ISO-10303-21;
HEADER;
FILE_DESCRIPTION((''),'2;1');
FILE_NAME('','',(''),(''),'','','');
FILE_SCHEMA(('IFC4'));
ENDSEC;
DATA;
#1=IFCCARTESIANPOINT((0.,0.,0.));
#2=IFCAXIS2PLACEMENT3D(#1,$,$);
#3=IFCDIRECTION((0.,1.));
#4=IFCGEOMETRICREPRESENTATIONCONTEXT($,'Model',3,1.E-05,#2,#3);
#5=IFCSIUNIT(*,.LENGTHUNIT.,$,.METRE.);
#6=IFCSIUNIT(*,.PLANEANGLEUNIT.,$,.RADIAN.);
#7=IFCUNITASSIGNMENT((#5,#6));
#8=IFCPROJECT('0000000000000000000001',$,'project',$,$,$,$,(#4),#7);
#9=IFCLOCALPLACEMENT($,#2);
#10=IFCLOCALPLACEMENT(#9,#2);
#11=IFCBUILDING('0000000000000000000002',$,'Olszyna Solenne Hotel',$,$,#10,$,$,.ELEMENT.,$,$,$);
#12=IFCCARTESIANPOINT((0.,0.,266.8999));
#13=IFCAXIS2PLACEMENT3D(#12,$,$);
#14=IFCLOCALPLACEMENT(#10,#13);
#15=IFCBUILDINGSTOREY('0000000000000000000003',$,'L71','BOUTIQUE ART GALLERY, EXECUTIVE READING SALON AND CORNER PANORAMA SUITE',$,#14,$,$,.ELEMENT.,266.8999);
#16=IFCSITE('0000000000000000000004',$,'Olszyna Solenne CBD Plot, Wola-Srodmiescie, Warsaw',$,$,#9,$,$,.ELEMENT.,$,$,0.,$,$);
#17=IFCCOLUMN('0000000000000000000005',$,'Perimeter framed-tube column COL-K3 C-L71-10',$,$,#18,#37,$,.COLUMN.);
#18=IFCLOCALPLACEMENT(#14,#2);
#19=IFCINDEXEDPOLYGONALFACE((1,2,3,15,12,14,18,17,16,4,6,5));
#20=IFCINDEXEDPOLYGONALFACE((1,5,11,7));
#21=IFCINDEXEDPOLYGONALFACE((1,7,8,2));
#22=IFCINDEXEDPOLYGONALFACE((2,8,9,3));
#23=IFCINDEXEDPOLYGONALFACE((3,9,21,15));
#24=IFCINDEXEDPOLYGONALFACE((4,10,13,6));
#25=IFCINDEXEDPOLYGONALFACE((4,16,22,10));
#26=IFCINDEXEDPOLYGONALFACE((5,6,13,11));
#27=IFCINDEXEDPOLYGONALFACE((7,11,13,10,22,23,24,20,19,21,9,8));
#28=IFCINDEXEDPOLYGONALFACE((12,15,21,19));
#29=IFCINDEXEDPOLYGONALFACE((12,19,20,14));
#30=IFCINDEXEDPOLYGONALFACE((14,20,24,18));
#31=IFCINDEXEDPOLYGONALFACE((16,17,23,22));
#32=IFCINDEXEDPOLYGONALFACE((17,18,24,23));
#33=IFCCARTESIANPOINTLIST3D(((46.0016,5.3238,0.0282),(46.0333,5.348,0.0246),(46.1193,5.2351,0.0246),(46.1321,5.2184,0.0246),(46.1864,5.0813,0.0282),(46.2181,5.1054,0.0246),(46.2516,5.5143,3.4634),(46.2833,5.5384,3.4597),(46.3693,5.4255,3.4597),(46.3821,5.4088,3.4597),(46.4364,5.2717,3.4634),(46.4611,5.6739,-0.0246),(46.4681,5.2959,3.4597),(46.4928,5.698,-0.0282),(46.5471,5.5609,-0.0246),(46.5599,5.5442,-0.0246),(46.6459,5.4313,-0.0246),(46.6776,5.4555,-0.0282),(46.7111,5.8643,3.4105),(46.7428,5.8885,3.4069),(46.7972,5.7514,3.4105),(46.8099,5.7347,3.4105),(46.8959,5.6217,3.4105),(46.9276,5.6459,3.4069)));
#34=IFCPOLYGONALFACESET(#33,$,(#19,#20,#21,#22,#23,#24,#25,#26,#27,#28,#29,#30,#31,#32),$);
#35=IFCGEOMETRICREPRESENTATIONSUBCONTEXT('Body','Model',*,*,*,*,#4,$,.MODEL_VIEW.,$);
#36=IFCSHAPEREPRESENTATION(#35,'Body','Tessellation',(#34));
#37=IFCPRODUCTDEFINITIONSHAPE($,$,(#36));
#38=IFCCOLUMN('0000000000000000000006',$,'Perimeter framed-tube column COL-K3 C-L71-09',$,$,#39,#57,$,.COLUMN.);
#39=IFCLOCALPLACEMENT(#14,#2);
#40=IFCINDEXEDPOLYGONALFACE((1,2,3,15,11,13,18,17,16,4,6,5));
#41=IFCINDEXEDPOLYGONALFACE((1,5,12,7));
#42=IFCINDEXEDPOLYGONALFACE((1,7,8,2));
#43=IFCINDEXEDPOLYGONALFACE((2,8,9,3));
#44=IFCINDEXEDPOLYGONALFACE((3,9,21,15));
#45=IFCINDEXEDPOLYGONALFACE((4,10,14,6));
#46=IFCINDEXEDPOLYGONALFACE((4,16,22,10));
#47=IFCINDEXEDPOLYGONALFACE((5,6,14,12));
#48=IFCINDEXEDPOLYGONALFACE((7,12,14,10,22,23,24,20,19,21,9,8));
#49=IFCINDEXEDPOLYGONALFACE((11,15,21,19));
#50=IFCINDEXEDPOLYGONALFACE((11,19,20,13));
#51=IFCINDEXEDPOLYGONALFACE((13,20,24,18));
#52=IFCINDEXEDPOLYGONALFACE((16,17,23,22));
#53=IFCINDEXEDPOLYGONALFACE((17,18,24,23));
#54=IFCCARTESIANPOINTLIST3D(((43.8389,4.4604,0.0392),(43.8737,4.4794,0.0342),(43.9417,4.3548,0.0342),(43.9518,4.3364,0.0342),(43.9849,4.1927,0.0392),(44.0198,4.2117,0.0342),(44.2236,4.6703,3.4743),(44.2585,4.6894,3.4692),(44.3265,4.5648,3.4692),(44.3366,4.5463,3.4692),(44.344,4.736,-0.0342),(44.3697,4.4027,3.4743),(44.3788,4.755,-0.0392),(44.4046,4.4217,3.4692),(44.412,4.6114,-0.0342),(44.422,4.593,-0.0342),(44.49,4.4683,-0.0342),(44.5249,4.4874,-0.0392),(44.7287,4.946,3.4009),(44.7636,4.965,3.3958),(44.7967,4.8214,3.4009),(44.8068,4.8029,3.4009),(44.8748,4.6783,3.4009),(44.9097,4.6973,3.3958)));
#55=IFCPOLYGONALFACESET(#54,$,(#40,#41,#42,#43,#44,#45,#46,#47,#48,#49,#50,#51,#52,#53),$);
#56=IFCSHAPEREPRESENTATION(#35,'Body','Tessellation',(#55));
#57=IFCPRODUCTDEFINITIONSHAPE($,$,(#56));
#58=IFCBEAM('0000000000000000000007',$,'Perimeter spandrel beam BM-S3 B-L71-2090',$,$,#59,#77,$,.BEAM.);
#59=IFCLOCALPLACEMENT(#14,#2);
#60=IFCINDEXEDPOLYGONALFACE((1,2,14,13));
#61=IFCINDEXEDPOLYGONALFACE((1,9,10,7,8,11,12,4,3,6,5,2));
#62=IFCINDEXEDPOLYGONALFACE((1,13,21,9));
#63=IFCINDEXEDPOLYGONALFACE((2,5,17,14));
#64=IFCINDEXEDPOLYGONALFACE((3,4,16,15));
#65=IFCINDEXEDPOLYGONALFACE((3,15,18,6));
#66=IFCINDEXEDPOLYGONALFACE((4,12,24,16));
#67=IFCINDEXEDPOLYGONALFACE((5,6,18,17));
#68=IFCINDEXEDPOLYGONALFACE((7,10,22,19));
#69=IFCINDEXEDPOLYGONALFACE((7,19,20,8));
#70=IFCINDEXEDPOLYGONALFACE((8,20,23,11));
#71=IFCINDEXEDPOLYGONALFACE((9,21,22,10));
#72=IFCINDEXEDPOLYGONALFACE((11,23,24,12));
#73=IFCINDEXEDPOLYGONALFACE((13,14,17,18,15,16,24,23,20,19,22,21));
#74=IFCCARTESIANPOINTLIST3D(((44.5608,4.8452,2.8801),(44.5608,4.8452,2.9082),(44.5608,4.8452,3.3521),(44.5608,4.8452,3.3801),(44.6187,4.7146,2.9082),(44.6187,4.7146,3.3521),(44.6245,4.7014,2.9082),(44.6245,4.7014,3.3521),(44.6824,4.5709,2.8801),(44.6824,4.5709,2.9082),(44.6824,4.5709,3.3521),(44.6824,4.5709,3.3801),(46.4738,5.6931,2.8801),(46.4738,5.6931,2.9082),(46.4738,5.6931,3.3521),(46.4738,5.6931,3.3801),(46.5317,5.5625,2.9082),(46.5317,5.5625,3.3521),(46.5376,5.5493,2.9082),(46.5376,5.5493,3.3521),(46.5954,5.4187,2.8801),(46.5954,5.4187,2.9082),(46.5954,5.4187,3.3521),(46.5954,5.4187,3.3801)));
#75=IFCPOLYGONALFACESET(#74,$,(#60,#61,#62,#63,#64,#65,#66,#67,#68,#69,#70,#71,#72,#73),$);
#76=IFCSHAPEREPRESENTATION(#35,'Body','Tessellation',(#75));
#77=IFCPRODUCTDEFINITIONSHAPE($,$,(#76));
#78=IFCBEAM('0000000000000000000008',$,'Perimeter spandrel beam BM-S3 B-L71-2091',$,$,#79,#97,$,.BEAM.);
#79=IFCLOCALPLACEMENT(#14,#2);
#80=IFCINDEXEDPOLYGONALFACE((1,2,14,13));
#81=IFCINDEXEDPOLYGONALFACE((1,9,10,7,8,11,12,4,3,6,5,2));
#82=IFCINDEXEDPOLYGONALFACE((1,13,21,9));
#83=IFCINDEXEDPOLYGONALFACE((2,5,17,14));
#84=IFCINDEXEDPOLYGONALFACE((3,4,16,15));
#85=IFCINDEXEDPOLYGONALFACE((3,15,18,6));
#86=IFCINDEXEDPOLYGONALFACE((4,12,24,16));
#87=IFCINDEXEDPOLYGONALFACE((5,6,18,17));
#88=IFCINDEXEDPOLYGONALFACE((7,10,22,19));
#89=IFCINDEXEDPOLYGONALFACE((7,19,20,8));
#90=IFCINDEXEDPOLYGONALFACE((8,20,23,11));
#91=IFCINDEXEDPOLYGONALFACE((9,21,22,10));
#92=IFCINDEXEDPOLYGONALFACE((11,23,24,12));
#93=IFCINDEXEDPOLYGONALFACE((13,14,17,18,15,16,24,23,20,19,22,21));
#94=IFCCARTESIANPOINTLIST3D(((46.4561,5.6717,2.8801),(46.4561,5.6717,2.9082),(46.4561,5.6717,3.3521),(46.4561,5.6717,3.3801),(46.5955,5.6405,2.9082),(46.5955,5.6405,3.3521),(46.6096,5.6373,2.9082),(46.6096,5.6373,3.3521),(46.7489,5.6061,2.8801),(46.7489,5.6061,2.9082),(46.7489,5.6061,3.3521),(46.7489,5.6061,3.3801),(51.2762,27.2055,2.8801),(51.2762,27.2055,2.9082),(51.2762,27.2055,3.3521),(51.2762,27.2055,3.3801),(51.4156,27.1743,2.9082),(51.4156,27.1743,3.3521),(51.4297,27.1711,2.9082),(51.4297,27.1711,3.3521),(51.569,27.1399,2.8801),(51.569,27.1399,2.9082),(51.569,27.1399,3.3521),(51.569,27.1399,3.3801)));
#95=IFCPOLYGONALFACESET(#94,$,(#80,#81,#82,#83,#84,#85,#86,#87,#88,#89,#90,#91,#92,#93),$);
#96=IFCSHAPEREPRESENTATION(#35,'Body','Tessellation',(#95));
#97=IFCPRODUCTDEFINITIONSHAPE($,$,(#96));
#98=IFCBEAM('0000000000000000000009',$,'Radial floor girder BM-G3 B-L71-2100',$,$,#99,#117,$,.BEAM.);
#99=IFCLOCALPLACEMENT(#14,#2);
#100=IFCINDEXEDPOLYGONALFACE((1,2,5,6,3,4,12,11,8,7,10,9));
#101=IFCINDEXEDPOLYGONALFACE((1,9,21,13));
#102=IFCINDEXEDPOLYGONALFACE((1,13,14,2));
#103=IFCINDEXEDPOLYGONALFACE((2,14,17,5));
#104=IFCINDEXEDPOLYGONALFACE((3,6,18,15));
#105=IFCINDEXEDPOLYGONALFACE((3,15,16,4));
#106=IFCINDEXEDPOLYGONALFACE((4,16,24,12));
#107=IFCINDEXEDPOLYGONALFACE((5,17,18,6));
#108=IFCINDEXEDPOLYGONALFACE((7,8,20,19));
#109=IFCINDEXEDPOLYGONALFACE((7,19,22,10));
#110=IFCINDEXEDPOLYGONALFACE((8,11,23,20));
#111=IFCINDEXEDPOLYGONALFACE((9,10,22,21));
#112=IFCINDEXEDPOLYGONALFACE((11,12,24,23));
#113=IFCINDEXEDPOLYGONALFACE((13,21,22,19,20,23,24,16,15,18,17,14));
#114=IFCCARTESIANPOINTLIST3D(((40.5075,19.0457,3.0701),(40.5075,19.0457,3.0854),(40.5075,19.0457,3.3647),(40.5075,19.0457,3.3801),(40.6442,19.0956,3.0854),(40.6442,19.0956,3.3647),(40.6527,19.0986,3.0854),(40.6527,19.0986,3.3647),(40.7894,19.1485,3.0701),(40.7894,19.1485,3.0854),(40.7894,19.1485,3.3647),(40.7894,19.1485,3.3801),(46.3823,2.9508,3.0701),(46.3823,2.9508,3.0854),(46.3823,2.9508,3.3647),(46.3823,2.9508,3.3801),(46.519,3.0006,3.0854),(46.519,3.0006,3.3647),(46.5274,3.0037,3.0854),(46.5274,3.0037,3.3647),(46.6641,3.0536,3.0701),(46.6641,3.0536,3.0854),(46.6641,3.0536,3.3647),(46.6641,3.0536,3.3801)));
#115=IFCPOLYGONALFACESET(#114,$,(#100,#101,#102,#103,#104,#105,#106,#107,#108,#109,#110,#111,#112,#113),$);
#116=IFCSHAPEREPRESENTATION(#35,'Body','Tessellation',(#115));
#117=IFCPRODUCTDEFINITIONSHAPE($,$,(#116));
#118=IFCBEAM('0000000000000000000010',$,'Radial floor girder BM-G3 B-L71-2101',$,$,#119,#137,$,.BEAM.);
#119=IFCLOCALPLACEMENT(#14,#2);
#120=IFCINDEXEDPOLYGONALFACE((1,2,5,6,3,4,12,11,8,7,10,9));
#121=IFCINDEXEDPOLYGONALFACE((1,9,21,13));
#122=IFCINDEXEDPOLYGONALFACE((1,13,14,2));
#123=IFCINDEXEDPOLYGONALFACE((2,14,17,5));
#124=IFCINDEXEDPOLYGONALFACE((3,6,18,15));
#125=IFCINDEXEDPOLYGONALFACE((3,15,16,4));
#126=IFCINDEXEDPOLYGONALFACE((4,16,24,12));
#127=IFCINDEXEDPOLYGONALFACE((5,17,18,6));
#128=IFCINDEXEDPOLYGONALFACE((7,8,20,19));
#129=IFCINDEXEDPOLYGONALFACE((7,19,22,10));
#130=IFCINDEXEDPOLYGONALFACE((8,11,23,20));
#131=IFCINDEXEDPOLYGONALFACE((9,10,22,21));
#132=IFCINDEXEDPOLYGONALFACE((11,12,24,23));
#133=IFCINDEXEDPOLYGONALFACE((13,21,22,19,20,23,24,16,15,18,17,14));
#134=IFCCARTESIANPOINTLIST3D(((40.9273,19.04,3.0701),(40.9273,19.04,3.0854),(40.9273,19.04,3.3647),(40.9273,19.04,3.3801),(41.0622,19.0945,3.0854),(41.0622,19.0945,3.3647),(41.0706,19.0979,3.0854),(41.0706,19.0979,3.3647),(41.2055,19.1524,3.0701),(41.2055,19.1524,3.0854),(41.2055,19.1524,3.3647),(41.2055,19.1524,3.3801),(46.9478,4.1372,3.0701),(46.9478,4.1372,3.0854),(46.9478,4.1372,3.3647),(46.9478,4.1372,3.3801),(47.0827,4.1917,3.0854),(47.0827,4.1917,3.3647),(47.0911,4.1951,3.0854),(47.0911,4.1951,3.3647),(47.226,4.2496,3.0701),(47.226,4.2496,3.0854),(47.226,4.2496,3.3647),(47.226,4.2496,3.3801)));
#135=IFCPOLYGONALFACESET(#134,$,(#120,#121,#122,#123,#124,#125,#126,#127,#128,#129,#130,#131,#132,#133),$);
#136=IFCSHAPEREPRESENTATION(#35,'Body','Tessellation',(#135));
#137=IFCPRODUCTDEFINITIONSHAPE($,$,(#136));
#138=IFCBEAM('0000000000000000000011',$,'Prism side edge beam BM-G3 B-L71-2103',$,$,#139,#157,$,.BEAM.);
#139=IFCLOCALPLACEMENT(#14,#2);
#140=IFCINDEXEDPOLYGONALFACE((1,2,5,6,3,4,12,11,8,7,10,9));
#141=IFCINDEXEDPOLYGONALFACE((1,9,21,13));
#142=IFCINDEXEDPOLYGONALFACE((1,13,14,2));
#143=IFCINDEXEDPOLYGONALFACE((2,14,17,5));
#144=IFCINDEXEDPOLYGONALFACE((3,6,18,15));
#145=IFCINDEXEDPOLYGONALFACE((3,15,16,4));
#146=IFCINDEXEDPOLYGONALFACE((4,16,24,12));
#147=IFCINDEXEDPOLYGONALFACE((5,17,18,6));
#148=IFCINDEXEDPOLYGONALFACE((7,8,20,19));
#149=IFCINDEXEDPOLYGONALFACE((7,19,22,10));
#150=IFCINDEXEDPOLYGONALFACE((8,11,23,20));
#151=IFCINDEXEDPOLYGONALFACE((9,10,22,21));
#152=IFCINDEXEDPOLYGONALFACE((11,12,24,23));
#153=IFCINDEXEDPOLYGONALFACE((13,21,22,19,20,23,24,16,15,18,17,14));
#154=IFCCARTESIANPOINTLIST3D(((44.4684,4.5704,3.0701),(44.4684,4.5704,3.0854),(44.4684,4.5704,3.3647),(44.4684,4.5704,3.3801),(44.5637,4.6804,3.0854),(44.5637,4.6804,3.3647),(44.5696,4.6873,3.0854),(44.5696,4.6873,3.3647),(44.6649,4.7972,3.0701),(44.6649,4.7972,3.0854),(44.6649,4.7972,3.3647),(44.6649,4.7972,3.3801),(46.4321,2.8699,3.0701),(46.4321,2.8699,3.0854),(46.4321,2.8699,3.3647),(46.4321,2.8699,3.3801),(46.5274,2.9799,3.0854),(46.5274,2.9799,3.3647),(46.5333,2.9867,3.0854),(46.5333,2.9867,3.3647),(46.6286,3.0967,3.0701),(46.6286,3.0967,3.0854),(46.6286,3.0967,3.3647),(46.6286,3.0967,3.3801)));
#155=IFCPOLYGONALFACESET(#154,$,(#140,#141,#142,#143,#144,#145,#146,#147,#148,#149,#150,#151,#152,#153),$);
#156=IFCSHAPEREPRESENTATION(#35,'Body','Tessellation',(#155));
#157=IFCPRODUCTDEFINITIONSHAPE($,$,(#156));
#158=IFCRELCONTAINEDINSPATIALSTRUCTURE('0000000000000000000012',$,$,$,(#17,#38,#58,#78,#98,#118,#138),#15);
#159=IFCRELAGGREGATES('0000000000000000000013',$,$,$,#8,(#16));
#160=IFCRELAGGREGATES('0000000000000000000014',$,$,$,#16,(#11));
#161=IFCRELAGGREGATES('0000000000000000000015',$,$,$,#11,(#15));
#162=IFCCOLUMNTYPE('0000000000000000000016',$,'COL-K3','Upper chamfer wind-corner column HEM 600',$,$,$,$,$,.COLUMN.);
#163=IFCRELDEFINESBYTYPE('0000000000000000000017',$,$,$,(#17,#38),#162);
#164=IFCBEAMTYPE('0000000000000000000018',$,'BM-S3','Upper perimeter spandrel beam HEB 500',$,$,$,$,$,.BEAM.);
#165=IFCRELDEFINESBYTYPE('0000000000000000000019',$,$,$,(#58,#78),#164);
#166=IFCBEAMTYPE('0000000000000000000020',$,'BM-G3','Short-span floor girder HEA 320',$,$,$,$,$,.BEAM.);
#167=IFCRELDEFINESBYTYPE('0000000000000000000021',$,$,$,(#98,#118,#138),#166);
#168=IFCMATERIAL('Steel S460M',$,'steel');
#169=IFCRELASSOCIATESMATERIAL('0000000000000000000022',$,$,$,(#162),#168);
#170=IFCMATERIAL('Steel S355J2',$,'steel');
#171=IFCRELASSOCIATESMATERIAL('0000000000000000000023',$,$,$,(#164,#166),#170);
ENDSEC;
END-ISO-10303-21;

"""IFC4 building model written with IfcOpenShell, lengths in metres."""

from ifc_helpers import new_model, si_unit, direction, frame, origin, origin_2d, place, context, subcontext, project, spatial, i_section, extrude, source, transform, mapped, material, material_profile, profile_set, type_object, element, save


model = new_model("IFC4")

# Units and contexts
model_context = context("Model", 3, precision=1e-05, world=origin(), true_north=direction((0.0, 1.0)))
body_context = subcontext(model_context, "Body", "Model", "MODEL_VIEW")
ifc_project = project(units=[si_unit("LENGTHUNIT", "METRE"), si_unit("PLANEANGLEUNIT", "RADIAN")], contexts=[model_context])

# Site, building, storey
site_placement = place(None, origin())
site = spatial("IfcSite", under=ifc_project, at=site_placement, Name="Olszyna Solenne CBD Plot, Wola-Srodmiescie, Warsaw", CompositionType="ELEMENT", RefElevation=0.0)
building_placement = place(site_placement, origin())
building = spatial("IfcBuilding", under=site, at=building_placement, Name="Olszyna Solenne Hotel", CompositionType="ELEMENT")
storey_placement = place(building_placement, frame((0.0, 0.0, 266.8999)))
storey = spatial("IfcBuildingStorey", under=building, at=storey_placement, Name="L71", Description="BOUTIQUE ART GALLERY, EXECUTIVE READING SALON AND CORNER PANORAMA SUITE", CompositionType="ELEMENT", Elevation=266.8999)

# Columns
ifc_material_1 = material(Name="Steel S460M", Category="steel")
ifc_material_profile_1 = material_profile(ifc_material_1, i_section(OverallWidth=0.3049, OverallDepth=0.6201, WebThickness=0.021, FlangeThickness=0.04, at=origin_2d()), Name="HEM 600", Category="load-bearing")
ifc_profile_set_1 = profile_set([ifc_material_profile_1], Name="Steel S460M")
column_type = type_object("IfcColumnType", Name="COL-K3", Description="Upper chamfer wind-corner column HEM 600", PredefinedType="COLUMN", material=ifc_profile_set_1)
shared_shape_1 = source(origin(), body_context, "Body", "SweptSolid", [
    extrude(i_section(OverallWidth=0.3049, OverallDepth=0.6201, WebThickness=0.021, FlangeThickness=0.04, at=origin_2d()), origin(), (0.0, 0.0, 1.0), 3.4495),
])
column_1_placement = place(storey_placement, frame((46.3396, 5.3896, 0.0), z_axis=(0.072476, 0.055207, 0.995841), x_axis=(-0.60595, 0.795503, 0.0)))
element("IfcColumn", 1, at=column_1_placement, inside=storey, type_object=column_type, Name="Perimeter framed-tube column COL-K3 C-L71-10", PredefinedType="COLUMN", context=body_context, shape_type="MappedRepresentation", body=[
    mapped(shared_shape_1, transform((0.0, 0.0, 0.0), x_axis=(1.0, 0.0, 0.0), y_axis=(0.0, 1.0, 0.0), z_axis=(0.0, 0.0, 1.0), scale=1.0)),
])
shared_shape_2 = source(origin(), body_context, "Body", "SweptSolid", [
    extrude(i_section(OverallWidth=0.3049, OverallDepth=0.6201, WebThickness=0.021, FlangeThickness=0.04, at=origin_2d()), origin(), (0.0, 0.0, 1.0), 3.4629),
])
column_2_placement = place(storey_placement, frame((44.1819, 4.4739, 0.0), z_axis=(0.11111, 0.060631, 0.991957), x_axis=(-0.479008, 0.87781, 0.0)))
element("IfcColumn", 2, at=column_2_placement, inside=storey, type_object=column_type, Name="Perimeter framed-tube column COL-K3 C-L71-09", PredefinedType="COLUMN", context=body_context, shape_type="MappedRepresentation", body=[
    mapped(shared_shape_2, transform((0.0, 0.0, 0.0), x_axis=(1.0, 0.0, 0.0), y_axis=(0.0, 1.0, 0.0), z_axis=(0.0, 0.0, 1.0), scale=1.0)),
])

# Beams
ifc_material_2 = material(Name="Steel S355J2", Category="steel")
ifc_material_profile_2 = material_profile(ifc_material_2, i_section(OverallWidth=0.3, OverallDepth=0.5, WebThickness=0.0144, FlangeThickness=0.0281, at=origin_2d()), Name="HEB 500", Category="load-bearing")
ifc_profile_set_2 = profile_set([ifc_material_profile_2], Name="Steel S355J2")
beam_type_1 = type_object("IfcBeamType", Name="BM-S3", Description="Upper perimeter spandrel beam HEB 500", PredefinedType="BEAM", material=ifc_profile_set_2)
shared_shape_3 = source(origin(), body_context, "Body", "SweptSolid", [
    extrude(i_section(OverallWidth=0.3, OverallDepth=0.5, WebThickness=0.0144, FlangeThickness=0.0281, at=origin_2d()), origin(), (0.0, 0.0, 1.0), 2.0925),
])
beam_1_placement = place(storey_placement, frame((44.6216, 4.708, 3.1301), z_axis=(0.91423, 0.405196, 0.0), x_axis=(-0.405196, 0.91423, 0.0)))
element("IfcBeam", 3, at=beam_1_placement, inside=storey, type_object=beam_type_1, Name="Perimeter spandrel beam BM-S3 B-L71-2090", PredefinedType="BEAM", context=body_context, shape_type="MappedRepresentation", body=[
    mapped(shared_shape_3, transform((0.0, 0.0, 0.0), x_axis=(1.0, 0.0, 0.0), y_axis=(0.0, 1.0, 0.0), z_axis=(0.0, 0.0, 1.0), scale=1.0)),
])
shared_shape_4 = source(origin(), body_context, "Body", "SweptSolid", [
    extrude(i_section(OverallWidth=0.3, OverallDepth=0.5, WebThickness=0.0144, FlangeThickness=0.0281, at=origin_2d()), origin(), (0.0, 0.0, 1.0), 22.0667),
])
beam_2_placement = place(storey_placement, frame((46.6025, 5.6389, 3.1301), z_axis=(0.218433, 0.975852, 0.0), x_axis=(-0.975852, 0.218433, 0.0)))
element("IfcBeam", 4, at=beam_2_placement, inside=storey, type_object=beam_type_1, Name="Perimeter spandrel beam BM-S3 B-L71-2091", PredefinedType="BEAM", context=body_context, shape_type="MappedRepresentation", body=[
    mapped(shared_shape_4, transform((0.0, 0.0, 0.0), x_axis=(1.0, 0.0, 0.0), y_axis=(0.0, 1.0, 0.0), z_axis=(0.0, 0.0, 1.0), scale=1.0)),
])
ifc_material_profile_3 = material_profile(ifc_material_2, i_section(OverallWidth=0.3, OverallDepth=0.3101, WebThickness=0.009, FlangeThickness=0.0154, at=origin_2d()), Name="HEA 320", Category="load-bearing")
ifc_profile_set_3 = profile_set([ifc_material_profile_3], Name="Steel S355J2")
beam_type_2 = type_object("IfcBeamType", Name="BM-G3", Description="Short-span floor girder HEA 320", PredefinedType="BEAM", material=ifc_profile_set_3)
shared_shape_5 = source(origin(), body_context, "Body", "SweptSolid", [
    extrude(i_section(OverallWidth=0.3, OverallDepth=0.3101, WebThickness=0.009, FlangeThickness=0.0154, at=origin_2d()), origin(), (0.0, 0.0, 1.0), 17.1335),
])
beam_3_placement = place(storey_placement, frame((46.5232, 3.0022, 3.2251), z_axis=(-0.342879, 0.93938, 0.0), x_axis=(-0.93938, -0.342879, 0.0)))
element("IfcBeam", 5, at=beam_3_placement, inside=storey, type_object=beam_type_2, Name="Radial floor girder BM-G3 B-L71-2100", PredefinedType="BEAM", context=body_context, shape_type="MappedRepresentation", body=[
    mapped(shared_shape_5, transform((0.0, 0.0, 0.0), x_axis=(1.0, 0.0, 0.0), y_axis=(0.0, 1.0, 0.0), z_axis=(0.0, 0.0, 1.0), scale=1.0)),
])
shared_shape_6 = source(origin(), body_context, "Body", "SweptSolid", [
    extrude(i_section(OverallWidth=0.3, OverallDepth=0.3101, WebThickness=0.009, FlangeThickness=0.0154, at=origin_2d()), origin(), (0.0, 0.0, 1.0), 16.073),
])
beam_4_placement = place(storey_placement, frame((47.0869, 4.1934, 3.2251), z_axis=(-0.374573, 0.927197, 0.0), x_axis=(-0.927197, -0.374573, 0.0)))
element("IfcBeam", 6, at=beam_4_placement, inside=storey, type_object=beam_type_2, Name="Radial floor girder BM-G3 B-L71-2101", PredefinedType="BEAM", context=body_context, shape_type="MappedRepresentation", body=[
    mapped(shared_shape_6, transform((0.0, 0.0, 0.0), x_axis=(1.0, 0.0, 0.0), y_axis=(0.0, 1.0, 0.0), z_axis=(0.0, 0.0, 1.0), scale=1.0)),
])
shared_shape_7 = source(origin(), body_context, "Body", "SweptSolid", [
    extrude(i_section(OverallWidth=0.3, OverallDepth=0.3101, WebThickness=0.009, FlangeThickness=0.0154, at=origin_2d()), origin(), (0.0, 0.0, 1.0), 2.5977),
])
beam_5_placement = place(storey_placement, frame((44.5667, 4.6838, 3.2251), z_axis=(0.75595, -0.65463, 0.0), x_axis=(0.65463, 0.75595, 0.0)))
element("IfcBeam", 7, at=beam_5_placement, inside=storey, type_object=beam_type_2, Name="Prism side edge beam BM-G3 B-L71-2103", PredefinedType="BEAM", context=body_context, shape_type="MappedRepresentation", body=[
    mapped(shared_shape_7, transform((0.0, 0.0, 0.0), x_axis=(1.0, 0.0, 0.0), y_axis=(0.0, 1.0, 0.0), z_axis=(0.0, 0.0, 1.0), scale=1.0)),
])

save(model, "model.ifc")
